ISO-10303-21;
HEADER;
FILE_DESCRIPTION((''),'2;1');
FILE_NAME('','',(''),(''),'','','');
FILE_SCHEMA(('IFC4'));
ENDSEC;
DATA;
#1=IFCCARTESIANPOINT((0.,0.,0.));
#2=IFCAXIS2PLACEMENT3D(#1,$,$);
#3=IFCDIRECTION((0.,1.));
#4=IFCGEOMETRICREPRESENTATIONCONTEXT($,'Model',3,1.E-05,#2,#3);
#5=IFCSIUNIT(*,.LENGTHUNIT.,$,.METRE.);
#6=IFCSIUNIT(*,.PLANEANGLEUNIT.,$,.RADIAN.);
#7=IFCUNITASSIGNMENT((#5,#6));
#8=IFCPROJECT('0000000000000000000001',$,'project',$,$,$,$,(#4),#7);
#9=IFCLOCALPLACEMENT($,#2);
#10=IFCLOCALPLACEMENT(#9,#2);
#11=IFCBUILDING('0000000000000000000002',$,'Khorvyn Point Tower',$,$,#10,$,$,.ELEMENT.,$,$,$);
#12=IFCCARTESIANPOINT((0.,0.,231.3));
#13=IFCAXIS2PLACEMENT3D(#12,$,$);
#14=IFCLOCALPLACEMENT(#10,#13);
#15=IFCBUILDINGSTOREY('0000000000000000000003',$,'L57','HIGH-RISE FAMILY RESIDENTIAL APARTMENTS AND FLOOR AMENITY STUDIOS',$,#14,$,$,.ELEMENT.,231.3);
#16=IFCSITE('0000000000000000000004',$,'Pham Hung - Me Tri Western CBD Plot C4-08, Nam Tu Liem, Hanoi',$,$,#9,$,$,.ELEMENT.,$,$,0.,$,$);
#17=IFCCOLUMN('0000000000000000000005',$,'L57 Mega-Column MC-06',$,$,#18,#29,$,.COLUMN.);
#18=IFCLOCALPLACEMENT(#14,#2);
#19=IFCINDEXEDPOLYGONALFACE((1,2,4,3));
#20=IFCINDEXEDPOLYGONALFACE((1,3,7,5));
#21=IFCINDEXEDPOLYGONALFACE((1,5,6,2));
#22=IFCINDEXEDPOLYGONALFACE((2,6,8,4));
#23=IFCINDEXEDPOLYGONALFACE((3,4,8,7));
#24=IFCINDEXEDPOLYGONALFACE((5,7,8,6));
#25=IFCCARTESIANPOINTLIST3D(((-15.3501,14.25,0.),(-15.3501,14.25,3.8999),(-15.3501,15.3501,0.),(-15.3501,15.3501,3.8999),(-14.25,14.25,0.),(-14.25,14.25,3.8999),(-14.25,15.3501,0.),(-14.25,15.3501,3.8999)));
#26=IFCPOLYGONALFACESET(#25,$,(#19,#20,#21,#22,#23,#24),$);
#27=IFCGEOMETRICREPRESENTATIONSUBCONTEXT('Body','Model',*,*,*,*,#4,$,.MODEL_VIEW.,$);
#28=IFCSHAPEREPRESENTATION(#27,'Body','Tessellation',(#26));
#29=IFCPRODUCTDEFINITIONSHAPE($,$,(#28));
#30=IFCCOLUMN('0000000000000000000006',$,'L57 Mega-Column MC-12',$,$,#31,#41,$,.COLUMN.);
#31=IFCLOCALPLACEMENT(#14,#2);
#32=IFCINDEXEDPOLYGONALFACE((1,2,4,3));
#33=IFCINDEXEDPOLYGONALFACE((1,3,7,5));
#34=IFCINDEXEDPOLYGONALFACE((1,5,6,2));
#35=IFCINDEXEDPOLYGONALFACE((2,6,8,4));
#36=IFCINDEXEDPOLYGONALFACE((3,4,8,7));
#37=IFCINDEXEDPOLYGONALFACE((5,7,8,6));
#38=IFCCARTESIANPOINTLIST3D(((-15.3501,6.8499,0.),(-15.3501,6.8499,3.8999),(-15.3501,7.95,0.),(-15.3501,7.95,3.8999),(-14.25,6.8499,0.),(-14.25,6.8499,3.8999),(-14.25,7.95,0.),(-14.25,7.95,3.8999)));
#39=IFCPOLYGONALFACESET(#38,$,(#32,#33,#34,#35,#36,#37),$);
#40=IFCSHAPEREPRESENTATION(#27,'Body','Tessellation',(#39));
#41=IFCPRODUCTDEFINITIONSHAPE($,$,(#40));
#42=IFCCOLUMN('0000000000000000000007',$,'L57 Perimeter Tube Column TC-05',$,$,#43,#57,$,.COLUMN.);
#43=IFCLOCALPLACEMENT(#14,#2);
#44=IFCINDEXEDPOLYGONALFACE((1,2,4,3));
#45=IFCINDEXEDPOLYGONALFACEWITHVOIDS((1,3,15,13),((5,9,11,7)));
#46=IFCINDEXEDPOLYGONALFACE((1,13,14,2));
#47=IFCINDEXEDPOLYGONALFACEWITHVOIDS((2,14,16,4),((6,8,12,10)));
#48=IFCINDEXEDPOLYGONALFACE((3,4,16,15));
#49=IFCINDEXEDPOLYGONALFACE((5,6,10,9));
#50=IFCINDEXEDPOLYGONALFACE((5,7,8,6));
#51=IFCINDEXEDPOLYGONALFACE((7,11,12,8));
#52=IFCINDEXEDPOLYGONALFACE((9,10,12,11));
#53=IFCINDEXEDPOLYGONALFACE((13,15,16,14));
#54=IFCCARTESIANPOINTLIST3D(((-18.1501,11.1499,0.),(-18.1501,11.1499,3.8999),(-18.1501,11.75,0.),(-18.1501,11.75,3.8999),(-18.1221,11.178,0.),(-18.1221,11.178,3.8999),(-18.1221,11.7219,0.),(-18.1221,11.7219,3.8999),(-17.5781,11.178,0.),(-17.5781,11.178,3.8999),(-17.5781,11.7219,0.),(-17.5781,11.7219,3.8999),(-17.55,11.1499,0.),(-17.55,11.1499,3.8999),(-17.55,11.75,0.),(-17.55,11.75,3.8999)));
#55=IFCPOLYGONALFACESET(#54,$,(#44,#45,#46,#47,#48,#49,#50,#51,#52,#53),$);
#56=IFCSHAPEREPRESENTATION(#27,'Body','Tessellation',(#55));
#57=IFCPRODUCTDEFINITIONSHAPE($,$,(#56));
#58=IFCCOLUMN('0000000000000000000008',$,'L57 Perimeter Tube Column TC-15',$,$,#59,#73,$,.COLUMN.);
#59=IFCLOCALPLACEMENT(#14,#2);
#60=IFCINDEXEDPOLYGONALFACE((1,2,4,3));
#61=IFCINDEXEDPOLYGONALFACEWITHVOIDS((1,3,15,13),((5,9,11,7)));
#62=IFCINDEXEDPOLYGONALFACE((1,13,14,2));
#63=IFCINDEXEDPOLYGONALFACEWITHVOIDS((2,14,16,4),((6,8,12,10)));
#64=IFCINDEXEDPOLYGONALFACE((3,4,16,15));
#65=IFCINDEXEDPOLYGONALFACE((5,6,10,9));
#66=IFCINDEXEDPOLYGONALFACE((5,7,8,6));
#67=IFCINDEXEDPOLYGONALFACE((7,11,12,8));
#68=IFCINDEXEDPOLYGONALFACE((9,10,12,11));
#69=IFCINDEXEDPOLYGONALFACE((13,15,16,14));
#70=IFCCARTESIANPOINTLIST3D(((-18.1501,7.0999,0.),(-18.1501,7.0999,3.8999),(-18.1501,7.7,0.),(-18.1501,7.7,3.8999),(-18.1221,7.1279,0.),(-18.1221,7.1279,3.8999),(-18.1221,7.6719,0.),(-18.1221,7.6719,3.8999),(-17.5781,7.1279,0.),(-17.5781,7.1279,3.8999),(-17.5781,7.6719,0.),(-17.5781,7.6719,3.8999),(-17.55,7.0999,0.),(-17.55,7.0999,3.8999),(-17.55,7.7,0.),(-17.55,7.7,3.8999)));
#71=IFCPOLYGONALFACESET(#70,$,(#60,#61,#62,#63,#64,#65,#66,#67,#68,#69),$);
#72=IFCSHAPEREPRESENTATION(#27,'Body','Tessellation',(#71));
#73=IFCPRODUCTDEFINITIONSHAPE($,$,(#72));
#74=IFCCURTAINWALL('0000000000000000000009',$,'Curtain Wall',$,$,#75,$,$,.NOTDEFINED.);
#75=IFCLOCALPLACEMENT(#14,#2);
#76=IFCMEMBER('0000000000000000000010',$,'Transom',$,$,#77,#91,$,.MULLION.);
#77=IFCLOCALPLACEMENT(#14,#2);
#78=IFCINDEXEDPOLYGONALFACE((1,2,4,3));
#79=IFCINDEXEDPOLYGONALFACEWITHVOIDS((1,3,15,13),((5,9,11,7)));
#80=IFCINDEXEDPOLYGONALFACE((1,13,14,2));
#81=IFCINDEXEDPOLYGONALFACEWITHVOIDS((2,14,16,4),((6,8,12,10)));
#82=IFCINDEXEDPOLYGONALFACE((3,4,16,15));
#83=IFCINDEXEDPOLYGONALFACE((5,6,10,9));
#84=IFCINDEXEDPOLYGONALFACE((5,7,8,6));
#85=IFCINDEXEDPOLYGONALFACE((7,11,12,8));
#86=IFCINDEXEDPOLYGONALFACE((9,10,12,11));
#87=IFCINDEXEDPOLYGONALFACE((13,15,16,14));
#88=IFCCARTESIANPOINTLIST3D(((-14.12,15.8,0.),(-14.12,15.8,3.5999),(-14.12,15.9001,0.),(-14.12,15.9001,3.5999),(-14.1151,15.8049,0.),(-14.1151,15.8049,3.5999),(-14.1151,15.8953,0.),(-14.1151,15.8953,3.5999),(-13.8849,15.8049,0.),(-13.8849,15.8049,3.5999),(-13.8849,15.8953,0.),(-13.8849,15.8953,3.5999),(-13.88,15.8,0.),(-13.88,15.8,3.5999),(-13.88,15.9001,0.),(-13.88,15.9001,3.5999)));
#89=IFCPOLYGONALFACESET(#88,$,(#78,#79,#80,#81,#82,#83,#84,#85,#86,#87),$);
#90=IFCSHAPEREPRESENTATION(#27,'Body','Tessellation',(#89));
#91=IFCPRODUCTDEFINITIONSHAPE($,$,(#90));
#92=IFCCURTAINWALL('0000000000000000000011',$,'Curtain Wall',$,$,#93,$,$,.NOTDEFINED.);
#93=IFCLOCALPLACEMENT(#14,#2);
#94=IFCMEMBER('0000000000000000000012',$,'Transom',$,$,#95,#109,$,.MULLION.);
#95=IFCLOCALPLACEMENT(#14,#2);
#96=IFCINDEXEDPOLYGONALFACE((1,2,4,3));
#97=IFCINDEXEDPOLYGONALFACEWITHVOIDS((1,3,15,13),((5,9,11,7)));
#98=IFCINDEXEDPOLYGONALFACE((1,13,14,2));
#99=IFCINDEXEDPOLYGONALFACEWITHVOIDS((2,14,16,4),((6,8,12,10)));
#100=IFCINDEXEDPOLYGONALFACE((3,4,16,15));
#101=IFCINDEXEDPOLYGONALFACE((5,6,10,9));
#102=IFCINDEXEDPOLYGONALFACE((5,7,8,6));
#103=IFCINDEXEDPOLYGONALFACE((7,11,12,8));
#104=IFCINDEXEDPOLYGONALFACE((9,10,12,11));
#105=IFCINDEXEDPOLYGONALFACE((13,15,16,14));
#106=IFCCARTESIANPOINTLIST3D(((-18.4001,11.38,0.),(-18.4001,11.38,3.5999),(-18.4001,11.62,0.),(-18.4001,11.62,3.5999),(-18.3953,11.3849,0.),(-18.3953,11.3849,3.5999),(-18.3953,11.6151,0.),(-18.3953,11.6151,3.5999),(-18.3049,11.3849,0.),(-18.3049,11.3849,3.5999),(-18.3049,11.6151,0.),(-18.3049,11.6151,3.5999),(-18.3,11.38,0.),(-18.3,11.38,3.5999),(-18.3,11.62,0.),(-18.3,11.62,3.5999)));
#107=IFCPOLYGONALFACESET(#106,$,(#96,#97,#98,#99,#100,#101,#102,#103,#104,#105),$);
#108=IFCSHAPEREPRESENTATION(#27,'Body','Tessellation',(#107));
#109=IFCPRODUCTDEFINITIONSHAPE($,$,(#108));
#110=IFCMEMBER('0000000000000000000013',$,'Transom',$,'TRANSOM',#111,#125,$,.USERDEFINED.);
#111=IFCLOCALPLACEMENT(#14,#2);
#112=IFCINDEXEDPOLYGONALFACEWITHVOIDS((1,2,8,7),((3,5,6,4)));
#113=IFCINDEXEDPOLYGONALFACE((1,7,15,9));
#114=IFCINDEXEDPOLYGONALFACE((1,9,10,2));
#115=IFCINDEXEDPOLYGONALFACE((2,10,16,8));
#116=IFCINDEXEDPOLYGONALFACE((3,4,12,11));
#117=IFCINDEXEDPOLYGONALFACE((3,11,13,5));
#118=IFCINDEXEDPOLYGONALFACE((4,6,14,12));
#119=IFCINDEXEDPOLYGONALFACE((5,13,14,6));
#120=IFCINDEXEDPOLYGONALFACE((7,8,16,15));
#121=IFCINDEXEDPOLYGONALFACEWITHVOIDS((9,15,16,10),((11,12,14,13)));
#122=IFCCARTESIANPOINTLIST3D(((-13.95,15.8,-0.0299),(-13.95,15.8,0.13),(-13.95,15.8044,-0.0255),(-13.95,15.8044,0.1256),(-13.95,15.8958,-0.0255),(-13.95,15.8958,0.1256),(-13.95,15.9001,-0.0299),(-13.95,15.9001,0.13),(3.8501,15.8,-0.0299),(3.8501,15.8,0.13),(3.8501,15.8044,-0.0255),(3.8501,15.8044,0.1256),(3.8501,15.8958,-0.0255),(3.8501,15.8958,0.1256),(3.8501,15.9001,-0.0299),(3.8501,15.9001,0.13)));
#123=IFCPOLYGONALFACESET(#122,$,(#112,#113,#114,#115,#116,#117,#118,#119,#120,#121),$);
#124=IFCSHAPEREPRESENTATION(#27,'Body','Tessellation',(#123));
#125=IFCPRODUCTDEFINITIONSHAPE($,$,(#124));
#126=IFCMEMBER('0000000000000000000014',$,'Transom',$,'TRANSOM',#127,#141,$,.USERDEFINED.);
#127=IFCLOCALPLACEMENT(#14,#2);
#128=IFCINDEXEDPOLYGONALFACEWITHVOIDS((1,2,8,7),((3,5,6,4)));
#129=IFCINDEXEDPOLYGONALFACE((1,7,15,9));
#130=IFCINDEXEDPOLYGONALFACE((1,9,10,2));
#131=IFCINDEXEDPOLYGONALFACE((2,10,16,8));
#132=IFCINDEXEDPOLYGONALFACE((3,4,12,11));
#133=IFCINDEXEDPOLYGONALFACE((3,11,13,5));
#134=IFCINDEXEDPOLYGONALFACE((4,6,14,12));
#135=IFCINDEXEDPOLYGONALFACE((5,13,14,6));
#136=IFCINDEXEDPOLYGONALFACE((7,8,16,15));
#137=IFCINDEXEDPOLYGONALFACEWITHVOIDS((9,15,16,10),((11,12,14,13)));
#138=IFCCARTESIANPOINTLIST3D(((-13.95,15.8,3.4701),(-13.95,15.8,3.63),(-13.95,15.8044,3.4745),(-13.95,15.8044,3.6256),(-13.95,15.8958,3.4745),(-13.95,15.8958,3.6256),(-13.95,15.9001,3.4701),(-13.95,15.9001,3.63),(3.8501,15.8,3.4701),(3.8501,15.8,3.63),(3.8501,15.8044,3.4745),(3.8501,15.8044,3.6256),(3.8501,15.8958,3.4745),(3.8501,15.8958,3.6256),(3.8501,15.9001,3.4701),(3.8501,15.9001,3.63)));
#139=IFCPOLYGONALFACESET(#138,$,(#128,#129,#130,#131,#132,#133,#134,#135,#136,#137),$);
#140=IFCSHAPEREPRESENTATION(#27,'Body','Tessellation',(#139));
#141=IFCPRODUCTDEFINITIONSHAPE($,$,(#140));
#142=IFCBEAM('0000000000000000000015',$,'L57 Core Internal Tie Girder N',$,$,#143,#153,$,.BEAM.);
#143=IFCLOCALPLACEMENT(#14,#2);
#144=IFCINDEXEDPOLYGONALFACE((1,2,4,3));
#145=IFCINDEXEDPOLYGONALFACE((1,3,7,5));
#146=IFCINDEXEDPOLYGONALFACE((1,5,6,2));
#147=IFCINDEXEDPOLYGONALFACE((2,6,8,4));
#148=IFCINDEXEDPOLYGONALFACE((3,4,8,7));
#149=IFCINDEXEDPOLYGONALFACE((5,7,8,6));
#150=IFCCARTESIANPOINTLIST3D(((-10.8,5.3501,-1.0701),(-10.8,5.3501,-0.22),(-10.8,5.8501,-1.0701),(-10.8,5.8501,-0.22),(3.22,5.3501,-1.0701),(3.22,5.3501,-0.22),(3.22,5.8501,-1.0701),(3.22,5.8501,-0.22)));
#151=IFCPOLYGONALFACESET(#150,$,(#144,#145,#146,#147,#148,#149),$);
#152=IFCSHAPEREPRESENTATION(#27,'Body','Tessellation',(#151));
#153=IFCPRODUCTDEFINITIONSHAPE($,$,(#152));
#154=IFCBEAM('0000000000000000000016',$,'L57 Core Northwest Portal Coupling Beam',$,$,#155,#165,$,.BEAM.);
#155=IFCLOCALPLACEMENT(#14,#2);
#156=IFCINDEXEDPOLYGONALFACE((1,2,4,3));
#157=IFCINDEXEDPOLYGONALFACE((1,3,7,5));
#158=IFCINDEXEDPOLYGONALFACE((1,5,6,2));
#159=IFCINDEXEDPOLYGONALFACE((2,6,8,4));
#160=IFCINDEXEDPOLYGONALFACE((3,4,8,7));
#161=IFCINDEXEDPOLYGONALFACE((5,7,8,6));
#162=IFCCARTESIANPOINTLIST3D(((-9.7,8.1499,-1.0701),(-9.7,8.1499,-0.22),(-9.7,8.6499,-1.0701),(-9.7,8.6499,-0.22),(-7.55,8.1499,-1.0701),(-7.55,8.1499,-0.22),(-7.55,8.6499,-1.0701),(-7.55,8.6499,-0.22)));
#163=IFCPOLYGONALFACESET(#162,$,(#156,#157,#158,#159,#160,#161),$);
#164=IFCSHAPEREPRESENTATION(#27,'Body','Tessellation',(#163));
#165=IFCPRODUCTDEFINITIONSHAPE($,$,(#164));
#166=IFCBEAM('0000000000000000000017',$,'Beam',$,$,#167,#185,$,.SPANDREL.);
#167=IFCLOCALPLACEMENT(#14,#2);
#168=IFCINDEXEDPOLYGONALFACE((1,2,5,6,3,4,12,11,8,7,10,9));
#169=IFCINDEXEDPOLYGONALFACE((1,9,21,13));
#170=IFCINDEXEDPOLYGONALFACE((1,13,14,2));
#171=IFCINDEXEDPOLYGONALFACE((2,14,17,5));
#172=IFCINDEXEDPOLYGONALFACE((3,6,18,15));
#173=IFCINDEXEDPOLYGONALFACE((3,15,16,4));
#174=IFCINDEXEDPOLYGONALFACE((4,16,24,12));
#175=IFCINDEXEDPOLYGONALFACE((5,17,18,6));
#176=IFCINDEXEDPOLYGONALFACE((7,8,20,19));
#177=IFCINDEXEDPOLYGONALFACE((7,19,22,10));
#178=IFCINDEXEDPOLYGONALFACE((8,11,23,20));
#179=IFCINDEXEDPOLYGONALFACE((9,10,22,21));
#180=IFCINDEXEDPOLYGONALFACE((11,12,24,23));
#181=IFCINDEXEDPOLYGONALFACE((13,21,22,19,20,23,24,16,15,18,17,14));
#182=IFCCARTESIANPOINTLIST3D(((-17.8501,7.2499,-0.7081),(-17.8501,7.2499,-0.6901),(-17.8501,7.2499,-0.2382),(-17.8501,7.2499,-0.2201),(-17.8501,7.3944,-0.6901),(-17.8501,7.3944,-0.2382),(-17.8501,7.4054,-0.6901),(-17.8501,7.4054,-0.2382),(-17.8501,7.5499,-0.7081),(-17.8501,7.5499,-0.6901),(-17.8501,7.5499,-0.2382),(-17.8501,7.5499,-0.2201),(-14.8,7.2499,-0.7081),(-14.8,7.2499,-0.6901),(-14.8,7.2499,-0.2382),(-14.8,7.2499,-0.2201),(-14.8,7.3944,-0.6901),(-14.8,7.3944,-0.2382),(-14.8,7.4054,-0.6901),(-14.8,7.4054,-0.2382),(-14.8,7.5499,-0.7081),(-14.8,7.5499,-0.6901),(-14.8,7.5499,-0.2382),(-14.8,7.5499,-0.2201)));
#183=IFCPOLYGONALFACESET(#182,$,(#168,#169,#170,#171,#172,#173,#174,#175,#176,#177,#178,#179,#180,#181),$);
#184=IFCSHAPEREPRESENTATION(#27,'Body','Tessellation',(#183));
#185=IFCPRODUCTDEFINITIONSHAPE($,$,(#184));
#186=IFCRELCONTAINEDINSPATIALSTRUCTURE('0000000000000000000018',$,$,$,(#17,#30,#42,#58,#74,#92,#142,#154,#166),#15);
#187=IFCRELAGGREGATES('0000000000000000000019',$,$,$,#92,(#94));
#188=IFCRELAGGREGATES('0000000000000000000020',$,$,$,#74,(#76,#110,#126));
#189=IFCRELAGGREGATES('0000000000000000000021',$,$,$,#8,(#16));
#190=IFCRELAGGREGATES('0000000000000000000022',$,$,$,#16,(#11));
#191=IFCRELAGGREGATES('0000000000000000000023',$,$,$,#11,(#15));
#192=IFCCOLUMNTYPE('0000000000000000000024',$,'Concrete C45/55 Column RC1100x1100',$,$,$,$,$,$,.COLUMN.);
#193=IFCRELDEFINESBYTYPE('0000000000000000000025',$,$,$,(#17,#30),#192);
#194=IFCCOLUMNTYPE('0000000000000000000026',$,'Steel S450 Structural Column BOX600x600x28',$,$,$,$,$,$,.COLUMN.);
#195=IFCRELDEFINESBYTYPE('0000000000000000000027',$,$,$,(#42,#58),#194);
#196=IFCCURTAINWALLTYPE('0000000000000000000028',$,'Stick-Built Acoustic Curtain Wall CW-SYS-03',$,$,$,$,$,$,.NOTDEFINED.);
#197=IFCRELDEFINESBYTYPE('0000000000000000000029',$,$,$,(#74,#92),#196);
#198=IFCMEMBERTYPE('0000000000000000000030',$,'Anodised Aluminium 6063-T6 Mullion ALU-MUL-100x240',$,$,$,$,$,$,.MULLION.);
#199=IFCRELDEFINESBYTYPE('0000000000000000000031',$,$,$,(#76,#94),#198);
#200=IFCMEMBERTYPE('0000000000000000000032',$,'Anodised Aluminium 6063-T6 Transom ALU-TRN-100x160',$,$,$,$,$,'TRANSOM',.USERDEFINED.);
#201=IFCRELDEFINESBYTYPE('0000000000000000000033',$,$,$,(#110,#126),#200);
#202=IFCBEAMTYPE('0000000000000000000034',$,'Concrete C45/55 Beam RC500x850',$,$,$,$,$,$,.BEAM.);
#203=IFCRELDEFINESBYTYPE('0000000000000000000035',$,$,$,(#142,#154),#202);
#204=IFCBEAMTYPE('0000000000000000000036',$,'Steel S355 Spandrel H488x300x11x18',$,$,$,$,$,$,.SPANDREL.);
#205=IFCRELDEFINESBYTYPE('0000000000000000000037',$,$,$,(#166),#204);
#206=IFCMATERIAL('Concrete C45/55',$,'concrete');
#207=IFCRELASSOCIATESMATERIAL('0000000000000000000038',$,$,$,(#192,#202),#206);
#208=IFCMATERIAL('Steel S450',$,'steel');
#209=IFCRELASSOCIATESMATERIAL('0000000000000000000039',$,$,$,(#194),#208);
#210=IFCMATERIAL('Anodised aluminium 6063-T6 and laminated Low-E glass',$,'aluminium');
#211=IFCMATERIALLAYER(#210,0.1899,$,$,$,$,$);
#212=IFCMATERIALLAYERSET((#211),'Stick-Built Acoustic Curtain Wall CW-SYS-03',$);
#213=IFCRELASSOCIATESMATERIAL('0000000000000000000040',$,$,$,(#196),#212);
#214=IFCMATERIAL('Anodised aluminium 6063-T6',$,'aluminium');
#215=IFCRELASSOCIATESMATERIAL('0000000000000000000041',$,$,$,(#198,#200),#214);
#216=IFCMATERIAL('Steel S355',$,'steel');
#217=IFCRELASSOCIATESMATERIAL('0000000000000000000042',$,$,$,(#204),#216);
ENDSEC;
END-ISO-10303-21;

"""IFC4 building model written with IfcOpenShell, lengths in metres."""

from ifc_helpers import new_model, si_unit, direction, frame, origin, origin_2d, place, context, subcontext, project, spatial, rectangle, hollow_rectangle, i_section, extrude, material, layer, layer_set, material_profile, profile_set, type_object, element, aggregate, save


model = new_model("IFC4")

# Units and contexts
model_context = context("Model", 3, precision=1e-05, world=origin(), true_north=direction((0.0, 1.0)))
body_context = subcontext(model_context, "Body", "Model", "MODEL_VIEW")
ifc_project = project(units=[si_unit("LENGTHUNIT", "METRE"), si_unit("PLANEANGLEUNIT", "RADIAN")], contexts=[model_context])

# Site, building, storey
site_placement = place(None, origin())
site = spatial("IfcSite", under=ifc_project, at=site_placement, Name="Pham Hung - Me Tri Western CBD Plot C4-08, Nam Tu Liem, Hanoi", CompositionType="ELEMENT", RefElevation=0.0)
building_placement = place(site_placement, origin())
building = spatial("IfcBuilding", under=site, at=building_placement, Name="Khorvyn Point Tower", CompositionType="ELEMENT")
storey_placement = place(building_placement, frame((0.0, 0.0, 231.3)))
storey = spatial("IfcBuildingStorey", under=building, at=storey_placement, Name="L57", Description="HIGH-RISE FAMILY RESIDENTIAL APARTMENTS AND FLOOR AMENITY STUDIOS", CompositionType="ELEMENT", Elevation=231.3)

# Columns
ifc_material_1 = material(Name="Concrete C45/55", Category="concrete")
ifc_material_profile_1 = material_profile(ifc_material_1, rectangle(XDim=1.1001, YDim=1.1001, at=origin_2d()))
ifc_profile_set_1 = profile_set([ifc_material_profile_1], Name="Concrete C45/55 RC1100x1100")
column_type_1 = type_object("IfcColumnType", Name="Concrete C45/55 Column RC1100x1100", PredefinedType="COLUMN", material=ifc_profile_set_1)
for number, where, z_axis, x_axis, name in (
    (1, (-14.8, 14.8, 0.0), (0.0, 0.0, 1.0), (1.0, 0.0, 0.0), "L57 Mega-Column MC-06"),
    (2, (-14.8, 7.3999, 0.0), (0.0, 0.0, 1.0), (1.0, 0.0, 0.0), "L57 Mega-Column MC-12"),
):
    element("IfcColumn", number, at=place(storey_placement, frame(where, z_axis=z_axis, x_axis=x_axis)), inside=storey, type_object=column_type_1, Name=name, PredefinedType="COLUMN", context=body_context, shape_type="SweptSolid", body=[
        extrude(rectangle(XDim=1.1001, YDim=1.1001, at=origin_2d()), origin(), (0.0, 0.0, 1.0), 3.8999),
    ])
ifc_material_2 = material(Name="Steel S450", Category="steel")
ifc_material_profile_2 = material_profile(ifc_material_2, hollow_rectangle(XDim=0.6001, YDim=0.6001, WallThickness=0.0281, at=origin_2d()))
ifc_profile_set_2 = profile_set([ifc_material_profile_2], Name="Steel S450 BOX600x600x28")
column_type_2 = type_object("IfcColumnType", Name="Steel S450 Structural Column BOX600x600x28", PredefinedType="COLUMN", material=ifc_profile_set_2)
for number, where, z_axis, x_axis, name in (
    (3, (-17.8501, 11.45, 0.0), (0.0, 0.0, 1.0), (1.0, 0.0, 0.0), "L57 Perimeter Tube Column TC-05"),
    (4, (-17.8501, 7.3999, 0.0), (0.0, 0.0, 1.0), (1.0, 0.0, 0.0), "L57 Perimeter Tube Column TC-15"),
):
    element("IfcColumn", number, at=place(storey_placement, frame(where, z_axis=z_axis, x_axis=x_axis)), inside=storey, type_object=column_type_2, Name=name, PredefinedType="COLUMN", context=body_context, shape_type="SweptSolid", body=[
        extrude(hollow_rectangle(XDim=0.6001, YDim=0.6001, WallThickness=0.0281, at=origin_2d()), origin(), (0.0, 0.0, 1.0), 3.8999),
    ])

# Curtain walls, members
ifc_material_3 = material(Name="Anodised aluminium 6063-T6 and laminated Low-E glass", Category="aluminium")
ifc_layer_1 = layer(ifc_material_3, 0.1899)
ifc_layer_set_1 = layer_set([ifc_layer_1], Name="Stick-Built Acoustic Curtain Wall CW-SYS-03")
curtain_wall_type = type_object("IfcCurtainWallType", Name="Stick-Built Acoustic Curtain Wall CW-SYS-03", PredefinedType="NOTDEFINED", material=ifc_layer_set_1)
curtain_wall_1_placement = place(storey_placement, origin())
curtain_wall_1 = element("IfcCurtainWall", 5, at=curtain_wall_1_placement, inside=storey, type_object=curtain_wall_type, Name="Curtain Wall", PredefinedType="NOTDEFINED")
ifc_material_4 = material(Name="Anodised aluminium 6063-T6", Category="aluminium")
ifc_material_profile_3 = material_profile(ifc_material_4, hollow_rectangle(XDim=0.1001, YDim=0.24, WallThickness=0.0049, at=origin_2d()))
ifc_profile_set_3 = profile_set([ifc_material_profile_3], Name="Anodised aluminium 6063-T6 ALU-MUL-100x240")
member_type_1 = type_object("IfcMemberType", Name="Anodised Aluminium 6063-T6 Mullion ALU-MUL-100x240", PredefinedType="MULLION", material=ifc_profile_set_3)
member_1_placement = place(storey_placement, frame((-14.0, 15.8501, 0.0), z_axis=(0.0, 0.0, 1.0), x_axis=(0.0, 1.0, 0.0)))
member_1 = element("IfcMember", 6, at=member_1_placement, type_object=member_type_1, Name="Transom", PredefinedType="MULLION", context=body_context, shape_type="SweptSolid", body=[
    extrude(hollow_rectangle(XDim=0.1001, YDim=0.24, WallThickness=0.0049, at=origin_2d()), origin(), (0.0, 0.0, 1.0), 3.5999),
])
curtain_wall_2_placement = place(storey_placement, origin())
curtain_wall_2 = element("IfcCurtainWall", 7, at=curtain_wall_2_placement, inside=storey, type_object=curtain_wall_type, Name="Curtain Wall", PredefinedType="NOTDEFINED")
member_2_placement = place(storey_placement, frame((-18.3501, 11.5, 0.0), z_axis=(0.0, 0.0, 1.0), x_axis=(-1.0, 0.0, 0.0)))
member_2 = element("IfcMember", 8, at=member_2_placement, type_object=member_type_1, Name="Transom", PredefinedType="MULLION", context=body_context, shape_type="SweptSolid", body=[
    extrude(hollow_rectangle(XDim=0.1001, YDim=0.24, WallThickness=0.0049, at=origin_2d()), origin(), (0.0, 0.0, 1.0), 3.5999),
])
aggregate(curtain_wall_2, [member_2])

# Members
ifc_material_profile_4 = material_profile(ifc_material_4, hollow_rectangle(XDim=0.1001, YDim=0.1599, WallThickness=0.0044, at=origin_2d()))
ifc_profile_set_4 = profile_set([ifc_material_profile_4], Name="Anodised aluminium 6063-T6 ALU-TRN-100x160")
member_type_2 = type_object("IfcMemberType", Name="Anodised Aluminium 6063-T6 Transom ALU-TRN-100x160", ElementType="TRANSOM", PredefinedType="USERDEFINED", material=ifc_profile_set_4)
member_3_placement = place(storey_placement, frame((-13.95, 15.8501, 0.05), z_axis=(1.0, 0.0, 0.0), x_axis=(0.0, 1.0, 0.0)))
member_3 = element("IfcMember", 9, at=member_3_placement, type_object=member_type_2, Name="Transom", ObjectType="TRANSOM", PredefinedType="USERDEFINED", context=body_context, shape_type="SweptSolid", body=[
    extrude(hollow_rectangle(XDim=0.1001, YDim=0.1599, WallThickness=0.0044, at=origin_2d()), origin(), (0.0, 0.0, 1.0), 17.8),
])
member_4_placement = place(storey_placement, frame((-13.95, 15.8501, 3.55), z_axis=(1.0, 0.0, 0.0), x_axis=(0.0, 1.0, 0.0)))
member_4 = element("IfcMember", 10, at=member_4_placement, type_object=member_type_2, Name="Transom", ObjectType="TRANSOM", PredefinedType="USERDEFINED", context=body_context, shape_type="SweptSolid", body=[
    extrude(hollow_rectangle(XDim=0.1001, YDim=0.1599, WallThickness=0.0044, at=origin_2d()), origin(), (0.0, 0.0, 1.0), 17.8),
])
aggregate(curtain_wall_1, [member_1, member_3, member_4])

# Beams
ifc_material_profile_5 = material_profile(ifc_material_1, rectangle(XDim=0.5, YDim=0.8501, at=origin_2d()))
ifc_profile_set_5 = profile_set([ifc_material_profile_5], Name="Concrete C45/55 RC500x850")
beam_type_1 = type_object("IfcBeamType", Name="Concrete C45/55 Beam RC500x850", PredefinedType="BEAM", material=ifc_profile_set_5)
beam_1_placement = place(storey_placement, frame((-10.8, 5.6001, -0.645), z_axis=(1.0, 0.0, 0.0), x_axis=(0.0, 1.0, 0.0)))
element("IfcBeam", 11, at=beam_1_placement, inside=storey, type_object=beam_type_1, Name="L57 Core Internal Tie Girder N", PredefinedType="BEAM", context=body_context, shape_type="SweptSolid", body=[
    extrude(rectangle(XDim=0.5, YDim=0.8501, at=origin_2d()), origin(), (0.0, 0.0, 1.0), 14.02),
])
beam_2_placement = place(storey_placement, frame((-9.7, 8.3999, -0.645), z_axis=(1.0, 0.0, 0.0), x_axis=(0.0, 1.0, 0.0)))
element("IfcBeam", 12, at=beam_2_placement, inside=storey, type_object=beam_type_1, Name="L57 Core Northwest Portal Coupling Beam", PredefinedType="BEAM", context=body_context, shape_type="SweptSolid", body=[
    extrude(rectangle(XDim=0.5, YDim=0.8501, at=origin_2d()), origin(), (0.0, 0.0, 1.0), 2.1499),
])
ifc_material_5 = material(Name="Steel S355", Category="steel")
ifc_material_profile_6 = material_profile(ifc_material_5, i_section(OverallWidth=0.3, OverallDepth=0.488, WebThickness=0.011, FlangeThickness=0.0181, at=origin_2d()))
ifc_profile_set_6 = profile_set([ifc_material_profile_6], Name="Steel S355 H488x300x11x18")
beam_type_2 = type_object("IfcBeamType", Name="Steel S355 Spandrel H488x300x11x18", PredefinedType="SPANDREL", material=ifc_profile_set_6)
beam_3_placement = place(storey_placement, frame((-17.8501, 7.3999, -0.4641), z_axis=(1.0, 0.0, 0.0), x_axis=(0.0, 1.0, 0.0)))
element("IfcBeam", 13, at=beam_3_placement, inside=storey, type_object=beam_type_2, Name="Beam", PredefinedType="SPANDREL", context=body_context, shape_type="SweptSolid", body=[
    extrude(i_section(OverallWidth=0.3, OverallDepth=0.488, WebThickness=0.011, FlangeThickness=0.0181, at=origin_2d()), origin(), (0.0, 0.0, 1.0), 3.05),
])

save(model, "model.ifc")
